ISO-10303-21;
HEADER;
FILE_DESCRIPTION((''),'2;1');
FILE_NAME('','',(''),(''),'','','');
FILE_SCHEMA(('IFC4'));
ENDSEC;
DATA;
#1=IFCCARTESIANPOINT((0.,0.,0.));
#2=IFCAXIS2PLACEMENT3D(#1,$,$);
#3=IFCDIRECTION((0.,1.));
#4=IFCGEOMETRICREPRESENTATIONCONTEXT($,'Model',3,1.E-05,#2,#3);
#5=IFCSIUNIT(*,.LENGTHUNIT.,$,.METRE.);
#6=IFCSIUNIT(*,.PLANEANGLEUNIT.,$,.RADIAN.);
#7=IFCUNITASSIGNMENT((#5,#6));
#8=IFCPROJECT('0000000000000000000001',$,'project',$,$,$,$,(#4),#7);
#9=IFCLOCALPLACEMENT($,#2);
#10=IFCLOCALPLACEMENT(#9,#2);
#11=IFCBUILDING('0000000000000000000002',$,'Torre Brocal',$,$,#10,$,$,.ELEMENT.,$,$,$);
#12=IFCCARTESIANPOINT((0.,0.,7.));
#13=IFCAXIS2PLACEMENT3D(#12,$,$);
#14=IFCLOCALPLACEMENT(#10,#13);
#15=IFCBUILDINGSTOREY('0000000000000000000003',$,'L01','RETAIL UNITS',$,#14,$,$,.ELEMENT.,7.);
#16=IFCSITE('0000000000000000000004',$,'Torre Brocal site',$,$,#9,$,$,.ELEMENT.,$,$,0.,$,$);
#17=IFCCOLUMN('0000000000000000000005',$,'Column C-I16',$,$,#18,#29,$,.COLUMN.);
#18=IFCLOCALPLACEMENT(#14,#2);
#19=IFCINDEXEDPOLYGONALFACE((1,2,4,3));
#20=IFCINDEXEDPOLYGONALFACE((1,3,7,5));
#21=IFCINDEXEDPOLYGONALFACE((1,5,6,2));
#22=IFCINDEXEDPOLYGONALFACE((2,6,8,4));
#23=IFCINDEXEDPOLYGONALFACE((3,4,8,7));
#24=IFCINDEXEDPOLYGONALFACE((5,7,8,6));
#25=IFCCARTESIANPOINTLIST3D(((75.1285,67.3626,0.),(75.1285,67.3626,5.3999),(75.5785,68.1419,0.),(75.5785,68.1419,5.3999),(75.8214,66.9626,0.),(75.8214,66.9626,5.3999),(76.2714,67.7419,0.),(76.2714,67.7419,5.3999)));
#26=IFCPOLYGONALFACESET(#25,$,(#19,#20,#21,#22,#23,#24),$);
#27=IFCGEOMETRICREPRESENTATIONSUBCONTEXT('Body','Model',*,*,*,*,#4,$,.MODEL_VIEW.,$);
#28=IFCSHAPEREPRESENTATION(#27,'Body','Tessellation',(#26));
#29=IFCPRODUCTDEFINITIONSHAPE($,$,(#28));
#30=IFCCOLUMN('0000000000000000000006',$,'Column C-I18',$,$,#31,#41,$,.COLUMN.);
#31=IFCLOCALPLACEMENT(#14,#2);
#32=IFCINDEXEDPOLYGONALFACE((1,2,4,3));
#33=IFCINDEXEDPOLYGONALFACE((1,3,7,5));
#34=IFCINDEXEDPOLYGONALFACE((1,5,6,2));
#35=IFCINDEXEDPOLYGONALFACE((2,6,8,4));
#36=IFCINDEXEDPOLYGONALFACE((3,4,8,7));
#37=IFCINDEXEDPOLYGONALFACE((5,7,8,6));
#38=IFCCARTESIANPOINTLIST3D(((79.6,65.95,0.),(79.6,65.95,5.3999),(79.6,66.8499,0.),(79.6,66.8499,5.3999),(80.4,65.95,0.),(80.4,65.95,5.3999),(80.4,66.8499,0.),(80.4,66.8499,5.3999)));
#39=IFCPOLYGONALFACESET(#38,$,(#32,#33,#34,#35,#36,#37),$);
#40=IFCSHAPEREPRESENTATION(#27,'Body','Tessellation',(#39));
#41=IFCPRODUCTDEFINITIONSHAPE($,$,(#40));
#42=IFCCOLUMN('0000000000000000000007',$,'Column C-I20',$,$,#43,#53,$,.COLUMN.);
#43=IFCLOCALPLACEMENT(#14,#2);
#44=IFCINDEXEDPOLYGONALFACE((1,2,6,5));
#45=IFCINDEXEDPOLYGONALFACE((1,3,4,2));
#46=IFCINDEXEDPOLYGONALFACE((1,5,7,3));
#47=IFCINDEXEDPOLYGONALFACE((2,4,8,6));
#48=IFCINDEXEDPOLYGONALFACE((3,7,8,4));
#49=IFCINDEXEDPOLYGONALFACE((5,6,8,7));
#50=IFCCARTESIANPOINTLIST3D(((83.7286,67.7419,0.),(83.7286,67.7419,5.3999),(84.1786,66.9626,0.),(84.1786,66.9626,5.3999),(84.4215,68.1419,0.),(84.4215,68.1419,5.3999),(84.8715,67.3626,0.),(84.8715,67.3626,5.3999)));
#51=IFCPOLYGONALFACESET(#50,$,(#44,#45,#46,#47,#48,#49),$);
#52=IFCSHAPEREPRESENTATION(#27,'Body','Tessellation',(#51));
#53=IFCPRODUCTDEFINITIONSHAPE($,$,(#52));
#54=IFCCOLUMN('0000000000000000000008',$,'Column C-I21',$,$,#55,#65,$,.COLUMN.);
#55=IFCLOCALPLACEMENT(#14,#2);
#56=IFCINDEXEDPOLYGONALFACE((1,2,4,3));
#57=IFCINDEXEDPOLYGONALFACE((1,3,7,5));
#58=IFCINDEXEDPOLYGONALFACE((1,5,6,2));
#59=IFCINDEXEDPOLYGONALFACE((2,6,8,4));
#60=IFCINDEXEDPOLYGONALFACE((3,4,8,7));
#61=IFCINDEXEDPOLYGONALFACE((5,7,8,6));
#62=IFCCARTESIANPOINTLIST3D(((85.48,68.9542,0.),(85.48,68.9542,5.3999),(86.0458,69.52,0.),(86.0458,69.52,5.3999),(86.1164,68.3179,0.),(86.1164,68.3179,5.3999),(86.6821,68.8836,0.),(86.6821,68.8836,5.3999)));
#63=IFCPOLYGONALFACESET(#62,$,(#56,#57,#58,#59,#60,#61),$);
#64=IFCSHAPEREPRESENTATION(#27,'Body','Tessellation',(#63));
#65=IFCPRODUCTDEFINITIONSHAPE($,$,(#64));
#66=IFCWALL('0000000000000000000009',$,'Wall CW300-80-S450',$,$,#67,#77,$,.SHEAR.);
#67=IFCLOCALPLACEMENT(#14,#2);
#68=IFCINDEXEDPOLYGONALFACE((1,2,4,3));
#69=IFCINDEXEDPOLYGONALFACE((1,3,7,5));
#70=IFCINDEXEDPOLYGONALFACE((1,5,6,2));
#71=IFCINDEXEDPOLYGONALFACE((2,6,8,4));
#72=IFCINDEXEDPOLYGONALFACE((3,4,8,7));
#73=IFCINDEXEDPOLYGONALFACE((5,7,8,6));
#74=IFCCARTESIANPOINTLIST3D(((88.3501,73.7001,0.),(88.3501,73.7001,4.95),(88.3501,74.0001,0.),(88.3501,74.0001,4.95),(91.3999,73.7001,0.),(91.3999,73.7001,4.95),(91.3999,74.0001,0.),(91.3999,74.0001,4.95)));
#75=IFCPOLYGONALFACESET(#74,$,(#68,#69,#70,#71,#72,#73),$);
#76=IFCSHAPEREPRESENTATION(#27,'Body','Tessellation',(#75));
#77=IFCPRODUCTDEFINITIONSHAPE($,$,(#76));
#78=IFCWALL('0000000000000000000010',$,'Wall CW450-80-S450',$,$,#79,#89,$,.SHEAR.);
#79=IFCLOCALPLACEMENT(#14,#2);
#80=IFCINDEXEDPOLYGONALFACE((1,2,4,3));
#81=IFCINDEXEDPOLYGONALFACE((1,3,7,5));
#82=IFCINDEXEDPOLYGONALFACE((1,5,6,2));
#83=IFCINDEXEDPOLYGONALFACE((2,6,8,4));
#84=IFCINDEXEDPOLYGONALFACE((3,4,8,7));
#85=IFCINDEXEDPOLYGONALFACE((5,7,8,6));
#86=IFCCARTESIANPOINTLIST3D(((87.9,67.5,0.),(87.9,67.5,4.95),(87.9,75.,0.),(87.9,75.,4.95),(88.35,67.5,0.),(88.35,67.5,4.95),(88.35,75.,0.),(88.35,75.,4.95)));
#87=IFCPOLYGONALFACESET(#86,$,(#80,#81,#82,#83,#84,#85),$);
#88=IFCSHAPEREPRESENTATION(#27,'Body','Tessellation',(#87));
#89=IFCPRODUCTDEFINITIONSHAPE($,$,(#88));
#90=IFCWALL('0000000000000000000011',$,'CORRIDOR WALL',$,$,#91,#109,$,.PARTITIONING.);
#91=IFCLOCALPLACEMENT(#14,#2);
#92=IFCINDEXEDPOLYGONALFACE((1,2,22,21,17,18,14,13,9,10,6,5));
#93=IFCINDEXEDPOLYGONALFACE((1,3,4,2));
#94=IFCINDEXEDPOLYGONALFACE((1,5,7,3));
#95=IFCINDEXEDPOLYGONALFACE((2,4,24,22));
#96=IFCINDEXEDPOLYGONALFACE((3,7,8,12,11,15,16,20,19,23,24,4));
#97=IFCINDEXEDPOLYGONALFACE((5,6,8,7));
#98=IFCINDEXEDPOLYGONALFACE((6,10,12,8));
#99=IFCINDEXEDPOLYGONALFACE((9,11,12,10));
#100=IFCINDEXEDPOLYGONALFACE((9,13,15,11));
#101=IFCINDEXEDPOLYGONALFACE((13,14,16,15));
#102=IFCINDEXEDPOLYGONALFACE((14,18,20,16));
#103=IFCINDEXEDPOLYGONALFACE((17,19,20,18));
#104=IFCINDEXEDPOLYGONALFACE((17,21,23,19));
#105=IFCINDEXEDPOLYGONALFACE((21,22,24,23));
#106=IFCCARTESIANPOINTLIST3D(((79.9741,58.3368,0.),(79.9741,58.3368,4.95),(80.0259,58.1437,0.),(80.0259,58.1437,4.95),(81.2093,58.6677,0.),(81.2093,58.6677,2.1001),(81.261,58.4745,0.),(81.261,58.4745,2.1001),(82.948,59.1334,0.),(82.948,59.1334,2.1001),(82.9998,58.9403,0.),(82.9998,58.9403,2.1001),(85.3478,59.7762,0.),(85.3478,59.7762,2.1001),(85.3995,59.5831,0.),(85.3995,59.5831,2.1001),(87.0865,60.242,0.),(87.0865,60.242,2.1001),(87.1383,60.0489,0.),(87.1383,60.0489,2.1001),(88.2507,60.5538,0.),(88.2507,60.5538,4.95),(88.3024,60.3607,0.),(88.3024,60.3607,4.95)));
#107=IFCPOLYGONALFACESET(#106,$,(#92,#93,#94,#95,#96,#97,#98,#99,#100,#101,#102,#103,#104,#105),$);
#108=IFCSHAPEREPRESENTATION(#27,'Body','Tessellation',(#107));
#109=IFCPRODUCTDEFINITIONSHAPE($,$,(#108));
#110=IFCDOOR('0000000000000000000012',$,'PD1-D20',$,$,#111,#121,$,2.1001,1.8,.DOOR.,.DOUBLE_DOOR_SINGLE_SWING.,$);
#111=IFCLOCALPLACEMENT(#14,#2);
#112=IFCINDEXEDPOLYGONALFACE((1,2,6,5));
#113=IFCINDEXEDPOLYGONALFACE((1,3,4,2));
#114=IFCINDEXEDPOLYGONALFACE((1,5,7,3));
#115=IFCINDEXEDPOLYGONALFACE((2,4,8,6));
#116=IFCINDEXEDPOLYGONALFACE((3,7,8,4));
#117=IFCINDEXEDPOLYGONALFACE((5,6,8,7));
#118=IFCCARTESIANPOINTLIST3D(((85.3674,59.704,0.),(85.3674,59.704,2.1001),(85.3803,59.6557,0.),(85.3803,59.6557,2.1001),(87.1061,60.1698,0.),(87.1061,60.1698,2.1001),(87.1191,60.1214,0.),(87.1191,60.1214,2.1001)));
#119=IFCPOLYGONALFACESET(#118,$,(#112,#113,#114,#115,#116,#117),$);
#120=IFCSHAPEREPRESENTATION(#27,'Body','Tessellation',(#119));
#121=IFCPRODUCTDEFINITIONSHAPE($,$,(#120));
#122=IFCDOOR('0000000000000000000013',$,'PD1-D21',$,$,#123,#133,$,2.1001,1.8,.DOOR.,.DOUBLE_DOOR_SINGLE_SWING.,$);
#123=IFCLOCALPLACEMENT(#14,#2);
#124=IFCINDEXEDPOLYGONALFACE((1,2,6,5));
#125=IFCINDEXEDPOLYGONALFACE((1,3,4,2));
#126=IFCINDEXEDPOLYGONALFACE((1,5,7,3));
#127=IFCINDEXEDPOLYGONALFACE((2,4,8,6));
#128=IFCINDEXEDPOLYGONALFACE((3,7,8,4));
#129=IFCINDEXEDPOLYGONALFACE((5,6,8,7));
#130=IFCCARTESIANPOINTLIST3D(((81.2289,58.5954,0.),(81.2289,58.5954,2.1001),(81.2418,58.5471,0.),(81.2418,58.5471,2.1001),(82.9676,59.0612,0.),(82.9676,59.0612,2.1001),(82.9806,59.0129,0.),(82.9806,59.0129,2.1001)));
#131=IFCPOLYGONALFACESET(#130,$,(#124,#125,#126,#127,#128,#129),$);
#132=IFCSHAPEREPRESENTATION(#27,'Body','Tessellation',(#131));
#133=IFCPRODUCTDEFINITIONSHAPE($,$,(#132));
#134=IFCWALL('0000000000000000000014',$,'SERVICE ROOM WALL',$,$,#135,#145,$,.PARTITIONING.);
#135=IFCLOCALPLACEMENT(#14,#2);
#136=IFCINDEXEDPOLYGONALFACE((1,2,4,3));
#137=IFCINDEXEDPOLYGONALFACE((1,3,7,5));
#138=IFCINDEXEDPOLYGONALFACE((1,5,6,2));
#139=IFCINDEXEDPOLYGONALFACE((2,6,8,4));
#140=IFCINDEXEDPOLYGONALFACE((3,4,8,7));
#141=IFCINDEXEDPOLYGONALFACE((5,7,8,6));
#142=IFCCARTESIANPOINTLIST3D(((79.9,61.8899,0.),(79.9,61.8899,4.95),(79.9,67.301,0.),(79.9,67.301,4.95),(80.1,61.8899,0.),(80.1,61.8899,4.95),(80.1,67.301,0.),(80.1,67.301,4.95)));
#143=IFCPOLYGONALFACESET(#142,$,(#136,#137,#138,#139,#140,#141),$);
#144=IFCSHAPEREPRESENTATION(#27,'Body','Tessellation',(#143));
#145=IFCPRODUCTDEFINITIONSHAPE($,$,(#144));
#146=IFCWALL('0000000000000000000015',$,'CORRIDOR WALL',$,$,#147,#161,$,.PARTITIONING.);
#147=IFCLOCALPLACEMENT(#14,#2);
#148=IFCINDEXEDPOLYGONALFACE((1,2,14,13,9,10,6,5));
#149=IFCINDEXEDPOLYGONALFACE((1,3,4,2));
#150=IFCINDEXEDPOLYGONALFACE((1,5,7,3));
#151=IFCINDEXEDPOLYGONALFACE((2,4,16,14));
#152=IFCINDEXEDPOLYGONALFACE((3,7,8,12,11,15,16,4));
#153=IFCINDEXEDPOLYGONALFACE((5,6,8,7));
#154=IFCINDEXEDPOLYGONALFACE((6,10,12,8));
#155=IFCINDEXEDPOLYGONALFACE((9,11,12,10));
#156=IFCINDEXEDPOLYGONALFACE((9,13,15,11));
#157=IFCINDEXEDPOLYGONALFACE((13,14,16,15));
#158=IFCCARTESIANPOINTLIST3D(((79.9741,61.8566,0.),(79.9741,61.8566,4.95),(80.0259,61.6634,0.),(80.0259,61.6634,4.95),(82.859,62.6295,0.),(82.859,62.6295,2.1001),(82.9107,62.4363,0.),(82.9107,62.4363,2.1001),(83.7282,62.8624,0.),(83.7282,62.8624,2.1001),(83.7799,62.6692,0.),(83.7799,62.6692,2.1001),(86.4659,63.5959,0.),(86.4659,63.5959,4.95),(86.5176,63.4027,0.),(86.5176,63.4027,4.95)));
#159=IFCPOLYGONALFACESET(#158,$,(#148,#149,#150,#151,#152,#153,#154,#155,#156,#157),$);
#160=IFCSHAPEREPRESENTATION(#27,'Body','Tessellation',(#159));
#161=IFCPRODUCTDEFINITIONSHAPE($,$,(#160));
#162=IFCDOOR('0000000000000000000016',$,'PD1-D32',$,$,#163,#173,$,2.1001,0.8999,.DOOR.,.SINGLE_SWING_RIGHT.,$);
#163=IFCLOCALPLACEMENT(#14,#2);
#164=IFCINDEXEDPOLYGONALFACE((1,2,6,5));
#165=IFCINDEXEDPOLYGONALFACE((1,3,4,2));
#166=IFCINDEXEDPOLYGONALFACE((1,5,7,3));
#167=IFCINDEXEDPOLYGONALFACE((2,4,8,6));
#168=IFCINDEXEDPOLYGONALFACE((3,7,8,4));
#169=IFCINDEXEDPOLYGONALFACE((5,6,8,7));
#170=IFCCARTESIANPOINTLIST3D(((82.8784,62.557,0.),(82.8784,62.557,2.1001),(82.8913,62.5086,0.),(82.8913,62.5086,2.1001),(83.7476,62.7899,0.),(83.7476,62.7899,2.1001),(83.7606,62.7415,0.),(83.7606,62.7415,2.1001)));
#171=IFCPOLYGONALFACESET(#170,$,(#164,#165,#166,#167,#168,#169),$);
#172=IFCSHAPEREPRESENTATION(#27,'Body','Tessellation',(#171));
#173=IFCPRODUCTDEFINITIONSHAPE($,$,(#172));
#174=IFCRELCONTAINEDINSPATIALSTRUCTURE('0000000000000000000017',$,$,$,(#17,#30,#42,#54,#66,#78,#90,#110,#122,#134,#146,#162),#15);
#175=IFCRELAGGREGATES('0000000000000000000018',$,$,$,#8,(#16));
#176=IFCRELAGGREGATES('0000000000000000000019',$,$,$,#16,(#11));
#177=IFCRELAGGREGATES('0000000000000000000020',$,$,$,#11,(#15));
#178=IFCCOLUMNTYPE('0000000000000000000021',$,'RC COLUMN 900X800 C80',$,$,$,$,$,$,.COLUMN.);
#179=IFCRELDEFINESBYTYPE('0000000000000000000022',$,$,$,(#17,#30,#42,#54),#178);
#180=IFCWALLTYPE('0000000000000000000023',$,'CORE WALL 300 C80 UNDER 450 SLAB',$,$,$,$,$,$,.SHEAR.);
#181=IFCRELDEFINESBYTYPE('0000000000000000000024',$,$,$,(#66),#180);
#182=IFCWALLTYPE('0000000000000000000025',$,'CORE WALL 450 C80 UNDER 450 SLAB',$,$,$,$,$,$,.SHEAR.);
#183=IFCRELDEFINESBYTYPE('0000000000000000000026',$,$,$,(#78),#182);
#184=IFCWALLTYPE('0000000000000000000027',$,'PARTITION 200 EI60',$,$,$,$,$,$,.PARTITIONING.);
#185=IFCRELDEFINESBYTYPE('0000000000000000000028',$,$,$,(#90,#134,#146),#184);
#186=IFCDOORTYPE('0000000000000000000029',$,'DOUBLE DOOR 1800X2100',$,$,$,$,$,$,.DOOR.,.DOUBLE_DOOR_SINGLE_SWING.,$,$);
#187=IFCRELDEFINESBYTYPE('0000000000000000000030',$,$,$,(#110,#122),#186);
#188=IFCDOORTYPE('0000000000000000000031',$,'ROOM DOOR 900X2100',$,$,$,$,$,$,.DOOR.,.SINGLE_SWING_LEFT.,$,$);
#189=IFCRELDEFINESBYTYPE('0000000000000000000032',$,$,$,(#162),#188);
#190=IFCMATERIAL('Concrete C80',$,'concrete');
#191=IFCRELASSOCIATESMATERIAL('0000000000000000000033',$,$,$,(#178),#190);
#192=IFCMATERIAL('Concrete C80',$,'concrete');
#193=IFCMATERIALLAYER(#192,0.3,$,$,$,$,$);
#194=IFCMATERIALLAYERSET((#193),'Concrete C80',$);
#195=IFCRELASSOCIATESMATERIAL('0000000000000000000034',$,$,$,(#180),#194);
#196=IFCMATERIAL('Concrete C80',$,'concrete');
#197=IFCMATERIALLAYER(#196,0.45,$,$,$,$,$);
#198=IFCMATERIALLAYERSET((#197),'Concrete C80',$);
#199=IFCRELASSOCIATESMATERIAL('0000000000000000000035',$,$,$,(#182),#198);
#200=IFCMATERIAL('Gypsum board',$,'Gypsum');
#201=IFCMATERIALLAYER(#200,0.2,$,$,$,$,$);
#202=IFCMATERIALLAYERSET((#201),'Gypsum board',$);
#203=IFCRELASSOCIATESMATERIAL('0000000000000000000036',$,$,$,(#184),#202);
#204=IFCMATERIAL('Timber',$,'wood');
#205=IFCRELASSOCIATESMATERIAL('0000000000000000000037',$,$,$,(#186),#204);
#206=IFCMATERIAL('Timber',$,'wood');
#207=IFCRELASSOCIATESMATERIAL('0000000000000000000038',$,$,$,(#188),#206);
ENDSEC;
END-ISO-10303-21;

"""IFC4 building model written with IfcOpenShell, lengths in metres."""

from ifc_helpers import new_model, si_unit, direction, frame, frame_2d, origin, origin_2d, place, context, subcontext, project, spatial, rectangle, extrude, material, layer, layer_set, material_profile, profile_set, type_object, element, fill, save


model = new_model("IFC4")

# Units and contexts
model_context = context("Model", 3, precision=1e-05, world=origin(), true_north=direction((0.0, 1.0)))
body_context = subcontext(model_context, "Body", "Model", "MODEL_VIEW")
ifc_project = project(units=[si_unit("LENGTHUNIT", "METRE"), si_unit("PLANEANGLEUNIT", "RADIAN")], contexts=[model_context])

# Site, building, storey
site_placement = place(None, origin())
site = spatial("IfcSite", under=ifc_project, at=site_placement, Name="Torre Brocal site", CompositionType="ELEMENT", RefElevation=0.0)
building_placement = place(site_placement, origin())
building = spatial("IfcBuilding", under=site, at=building_placement, Name="Torre Brocal", CompositionType="ELEMENT")
storey_placement = place(building_placement, frame((0.0, 0.0, 7.0)))
storey = spatial("IfcBuildingStorey", under=building, at=storey_placement, Name="L01", Description="RETAIL UNITS", CompositionType="ELEMENT", Elevation=7.0)

# Columns
ifc_material_1 = material(Name="Concrete C80", Category="concrete")
ifc_material_profile = material_profile(ifc_material_1, rectangle(XDim=0.8999, YDim=0.8, at=origin_2d()), Name="RC 900X800")
ifc_profile_set = profile_set([ifc_material_profile], Name="Concrete C80")
column_type = type_object("IfcColumnType", Name="RC COLUMN 900X800 C80", PredefinedType="COLUMN", material=ifc_profile_set)
for number, where, z_axis, x_axis, name in (
    (1, (75.7, 67.5522, 0.0), (0.0, 0.0, 1.0), (-0.5, -0.866025, 0.0), "Column C-I16"),
    (2, (80.0, 66.3999, 0.0), (0.0, 0.0, 1.0), (0.0, -1.0, 0.0), "Column C-I18"),
    (3, (84.3, 67.5522, 0.0), (0.0, 0.0, 1.0), (0.5, -0.866025, 0.0), "Column C-I20"),
    (4, (86.0811, 68.9189, 0.0), (0.0, 0.0, 1.0), (0.707107, -0.707107, 0.0), "Column C-I21"),
):
    element("IfcColumn", number, at=place(storey_placement, frame(where, z_axis=z_axis, x_axis=x_axis)), inside=storey, type_object=column_type, Name=name, PredefinedType="COLUMN", context=body_context, shape_type="SweptSolid", body=[
        extrude(rectangle(XDim=0.8999, YDim=0.8, at=origin_2d()), origin(), (0.0, 0.0, 1.0), 5.3999),
    ])

# Walls
ifc_material_2 = material(Name="Concrete C80", Category="concrete")
ifc_layer_1 = layer(ifc_material_2, 0.3)
ifc_layer_set_1 = layer_set([ifc_layer_1], Name="Concrete C80")
wall_type_1 = type_object("IfcWallType", Name="CORE WALL 300 C80 UNDER 450 SLAB", PredefinedType="SHEAR", material=ifc_layer_set_1)
wall_1_placement = place(storey_placement, frame((88.3501, 73.8501, 0.0), z_axis=(0.0, 0.0, 1.0), x_axis=(1.0, 0.0, 0.0)))
element("IfcWall", 5, at=wall_1_placement, inside=storey, type_object=wall_type_1, Name="Wall CW300-80-S450", PredefinedType="SHEAR", context=body_context, shape_type="SweptSolid", body=[
    extrude(rectangle(XDim=3.0498, YDim=0.3, at=frame_2d((1.5249, 0.0))), origin(), (0.0, 0.0, 1.0), 4.95),
])
ifc_material_3 = material(Name="Concrete C80", Category="concrete")
ifc_layer_2 = layer(ifc_material_3, 0.45)
ifc_layer_set_2 = layer_set([ifc_layer_2], Name="Concrete C80")
wall_type_2 = type_object("IfcWallType", Name="CORE WALL 450 C80 UNDER 450 SLAB", PredefinedType="SHEAR", material=ifc_layer_set_2)
wall_2_placement = place(storey_placement, frame((88.125, 67.5, 0.0), z_axis=(0.0, 0.0, 1.0), x_axis=(0.0, 1.0, 0.0)))
element("IfcWall", 6, at=wall_2_placement, inside=storey, type_object=wall_type_2, Name="Wall CW450-80-S450", PredefinedType="SHEAR", context=body_context, shape_type="SweptSolid", body=[
    extrude(rectangle(XDim=7.5, YDim=0.45, at=frame_2d((3.75, 0.0))), origin(), (0.0, 0.0, 1.0), 4.95),
])

# Wall, openings, doors
ifc_material_4 = material(Name="Gypsum board", Category="Gypsum")
ifc_layer_3 = layer(ifc_material_4, 0.2)
ifc_layer_set_3 = layer_set([ifc_layer_3], Name="Gypsum board")
wall_type_3 = type_object("IfcWallType", Name="PARTITION 200 EI60", PredefinedType="PARTITIONING", material=ifc_layer_set_3)
wall_3_placement = place(storey_placement, frame((80.0, 58.2402, 0.0), z_axis=(0.0, 0.0, 1.0), x_axis=(0.965945, 0.258746, 0.0)))
wall_3 = element("IfcWall", 7, at=wall_3_placement, inside=storey, type_object=wall_type_3, Name="CORRIDOR WALL", PredefinedType="PARTITIONING", context=body_context, shape_type="SweptSolid", body=[
    extrude(rectangle(XDim=8.5684, YDim=0.2, at=frame_2d((4.2842, 0.0))), origin(), (0.0, 0.0, 1.0), 4.95),
])
opening_1_placement = place(wall_3_placement, frame((5.5632, 0.0, 0.0)))
opening_1 = element("IfcOpeningElement", 8, at=opening_1_placement, cuts=wall_3, PredefinedType="OPENING", context=body_context, shape_type="SweptSolid", body=[
    extrude(rectangle(XDim=1.8, YDim=2.1001, at=frame_2d((0.8999, 1.05))), frame((0.0, 0.1099, 0.0), z_axis=(0.0, -1.0, 0.0), x_axis=(1.0, 0.0, 0.0)), (0.0, 0.0, 1.0), 0.22),
])
opening_2_placement = place(wall_3_placement, frame((1.2788, 0.0, 0.0)))
opening_2 = element("IfcOpeningElement", 9, at=opening_2_placement, cuts=wall_3, PredefinedType="OPENING", context=body_context, shape_type="SweptSolid", body=[
    extrude(rectangle(XDim=1.8, YDim=2.1001, at=frame_2d((0.8999, 1.05))), frame((0.0, 0.1099, 0.0), z_axis=(0.0, -1.0, 0.0), x_axis=(1.0, 0.0, 0.0)), (0.0, 0.0, 1.0), 0.22),
])
ifc_material_5 = material(Name="Timber", Category="wood")
door_type_1 = type_object("IfcDoorType", Name="DOUBLE DOOR 1800X2100", OperationType="DOUBLE_DOOR_SINGLE_SWING", PredefinedType="DOOR", material=ifc_material_5)
door_1_placement = place(opening_1_placement, frame((1.8, 0.0, 0.0), z_axis=(0.0, 0.0, 1.0), x_axis=(-1.0, 0.0, 0.0)))
door_1 = element("IfcDoor", 10, at=door_1_placement, inside=storey, type_object=door_type_1, Name="PD1-D20", OperationType="DOUBLE_DOOR_SINGLE_SWING", OverallHeight=2.1001, OverallWidth=1.8, PredefinedType="DOOR", context=body_context, shape_type="SweptSolid", body=[
    extrude(rectangle(XDim=1.8, YDim=2.1001, at=frame_2d((0.8999, 1.05))), frame((0.0, 0.0249, 0.0), z_axis=(0.0, -1.0, 0.0), x_axis=(1.0, 0.0, 0.0)), (0.0, 0.0, 1.0), 0.05),
])
fill(opening_1, door_1)
door_2_placement = place(opening_2_placement, frame((1.8, 0.0, 0.0), z_axis=(0.0, 0.0, 1.0), x_axis=(-1.0, 0.0, 0.0)))
door_2 = element("IfcDoor", 11, at=door_2_placement, inside=storey, type_object=door_type_1, Name="PD1-D21", OperationType="DOUBLE_DOOR_SINGLE_SWING", OverallHeight=2.1001, OverallWidth=1.8, PredefinedType="DOOR", context=body_context, shape_type="SweptSolid", body=[
    extrude(rectangle(XDim=1.8, YDim=2.1001, at=frame_2d((0.8999, 1.05))), frame((0.0, 0.0249, 0.0), z_axis=(0.0, -1.0, 0.0), x_axis=(1.0, 0.0, 0.0)), (0.0, 0.0, 1.0), 0.05),
])
fill(opening_2, door_2)

# Wall
wall_4_placement = place(storey_placement, frame((80.0, 61.8899, 0.0), z_axis=(0.0, 0.0, 1.0), x_axis=(0.0, 1.0, 0.0)))
element("IfcWall", 12, at=wall_4_placement, inside=storey, type_object=wall_type_3, Name="SERVICE ROOM WALL", PredefinedType="PARTITIONING", context=body_context, shape_type="SweptSolid", body=[
    extrude(rectangle(XDim=5.4111, YDim=0.2, at=frame_2d((2.7056, 0.0))), origin(), (0.0, 0.0, 1.0), 4.95),
])

# Wall, opening, door
wall_5_placement = place(storey_placement, frame((80.0, 61.76, 0.0), z_axis=(0.0, 0.0, 1.0), x_axis=(0.965933, 0.258793, 0.0)))
wall_5 = element("IfcWall", 13, at=wall_5_placement, inside=storey, type_object=wall_type_3, Name="CORRIDOR WALL", PredefinedType="PARTITIONING", context=body_context, shape_type="SweptSolid", body=[
    extrude(rectangle(XDim=6.7207, YDim=0.2, at=frame_2d((3.3604, 0.0))), origin(), (0.0, 0.0, 1.0), 4.95),
])
opening_3_placement = place(wall_5_placement, frame((2.9866, 0.0, 0.0)))
opening_3 = element("IfcOpeningElement", 14, at=opening_3_placement, cuts=wall_5, PredefinedType="OPENING", context=body_context, shape_type="SweptSolid", body=[
    extrude(rectangle(XDim=0.8999, YDim=2.1001, at=frame_2d((0.45, 1.05))), frame((0.0, 0.1099, 0.0), z_axis=(0.0, -1.0, 0.0), x_axis=(1.0, 0.0, 0.0)), (0.0, 0.0, 1.0), 0.22),
])
ifc_material_6 = material(Name="Timber", Category="wood")
door_type_2 = type_object("IfcDoorType", Name="ROOM DOOR 900X2100", OperationType="SINGLE_SWING_LEFT", PredefinedType="DOOR", material=ifc_material_6)
door_3_placement = place(opening_3_placement, origin())
door_3 = element("IfcDoor", 15, at=door_3_placement, inside=storey, type_object=door_type_2, Name="PD1-D32", OperationType="SINGLE_SWING_RIGHT", OverallHeight=2.1001, OverallWidth=0.8999, PredefinedType="DOOR", context=body_context, shape_type="SweptSolid", body=[
    extrude(rectangle(XDim=0.8999, YDim=2.1001, at=frame_2d((0.45, 1.05))), frame((0.0, 0.0249, 0.0), z_axis=(0.0, -1.0, 0.0), x_axis=(1.0, 0.0, 0.0)), (0.0, 0.0, 1.0), 0.05),
])
fill(opening_3, door_3)

save(model, "model.ifc")
